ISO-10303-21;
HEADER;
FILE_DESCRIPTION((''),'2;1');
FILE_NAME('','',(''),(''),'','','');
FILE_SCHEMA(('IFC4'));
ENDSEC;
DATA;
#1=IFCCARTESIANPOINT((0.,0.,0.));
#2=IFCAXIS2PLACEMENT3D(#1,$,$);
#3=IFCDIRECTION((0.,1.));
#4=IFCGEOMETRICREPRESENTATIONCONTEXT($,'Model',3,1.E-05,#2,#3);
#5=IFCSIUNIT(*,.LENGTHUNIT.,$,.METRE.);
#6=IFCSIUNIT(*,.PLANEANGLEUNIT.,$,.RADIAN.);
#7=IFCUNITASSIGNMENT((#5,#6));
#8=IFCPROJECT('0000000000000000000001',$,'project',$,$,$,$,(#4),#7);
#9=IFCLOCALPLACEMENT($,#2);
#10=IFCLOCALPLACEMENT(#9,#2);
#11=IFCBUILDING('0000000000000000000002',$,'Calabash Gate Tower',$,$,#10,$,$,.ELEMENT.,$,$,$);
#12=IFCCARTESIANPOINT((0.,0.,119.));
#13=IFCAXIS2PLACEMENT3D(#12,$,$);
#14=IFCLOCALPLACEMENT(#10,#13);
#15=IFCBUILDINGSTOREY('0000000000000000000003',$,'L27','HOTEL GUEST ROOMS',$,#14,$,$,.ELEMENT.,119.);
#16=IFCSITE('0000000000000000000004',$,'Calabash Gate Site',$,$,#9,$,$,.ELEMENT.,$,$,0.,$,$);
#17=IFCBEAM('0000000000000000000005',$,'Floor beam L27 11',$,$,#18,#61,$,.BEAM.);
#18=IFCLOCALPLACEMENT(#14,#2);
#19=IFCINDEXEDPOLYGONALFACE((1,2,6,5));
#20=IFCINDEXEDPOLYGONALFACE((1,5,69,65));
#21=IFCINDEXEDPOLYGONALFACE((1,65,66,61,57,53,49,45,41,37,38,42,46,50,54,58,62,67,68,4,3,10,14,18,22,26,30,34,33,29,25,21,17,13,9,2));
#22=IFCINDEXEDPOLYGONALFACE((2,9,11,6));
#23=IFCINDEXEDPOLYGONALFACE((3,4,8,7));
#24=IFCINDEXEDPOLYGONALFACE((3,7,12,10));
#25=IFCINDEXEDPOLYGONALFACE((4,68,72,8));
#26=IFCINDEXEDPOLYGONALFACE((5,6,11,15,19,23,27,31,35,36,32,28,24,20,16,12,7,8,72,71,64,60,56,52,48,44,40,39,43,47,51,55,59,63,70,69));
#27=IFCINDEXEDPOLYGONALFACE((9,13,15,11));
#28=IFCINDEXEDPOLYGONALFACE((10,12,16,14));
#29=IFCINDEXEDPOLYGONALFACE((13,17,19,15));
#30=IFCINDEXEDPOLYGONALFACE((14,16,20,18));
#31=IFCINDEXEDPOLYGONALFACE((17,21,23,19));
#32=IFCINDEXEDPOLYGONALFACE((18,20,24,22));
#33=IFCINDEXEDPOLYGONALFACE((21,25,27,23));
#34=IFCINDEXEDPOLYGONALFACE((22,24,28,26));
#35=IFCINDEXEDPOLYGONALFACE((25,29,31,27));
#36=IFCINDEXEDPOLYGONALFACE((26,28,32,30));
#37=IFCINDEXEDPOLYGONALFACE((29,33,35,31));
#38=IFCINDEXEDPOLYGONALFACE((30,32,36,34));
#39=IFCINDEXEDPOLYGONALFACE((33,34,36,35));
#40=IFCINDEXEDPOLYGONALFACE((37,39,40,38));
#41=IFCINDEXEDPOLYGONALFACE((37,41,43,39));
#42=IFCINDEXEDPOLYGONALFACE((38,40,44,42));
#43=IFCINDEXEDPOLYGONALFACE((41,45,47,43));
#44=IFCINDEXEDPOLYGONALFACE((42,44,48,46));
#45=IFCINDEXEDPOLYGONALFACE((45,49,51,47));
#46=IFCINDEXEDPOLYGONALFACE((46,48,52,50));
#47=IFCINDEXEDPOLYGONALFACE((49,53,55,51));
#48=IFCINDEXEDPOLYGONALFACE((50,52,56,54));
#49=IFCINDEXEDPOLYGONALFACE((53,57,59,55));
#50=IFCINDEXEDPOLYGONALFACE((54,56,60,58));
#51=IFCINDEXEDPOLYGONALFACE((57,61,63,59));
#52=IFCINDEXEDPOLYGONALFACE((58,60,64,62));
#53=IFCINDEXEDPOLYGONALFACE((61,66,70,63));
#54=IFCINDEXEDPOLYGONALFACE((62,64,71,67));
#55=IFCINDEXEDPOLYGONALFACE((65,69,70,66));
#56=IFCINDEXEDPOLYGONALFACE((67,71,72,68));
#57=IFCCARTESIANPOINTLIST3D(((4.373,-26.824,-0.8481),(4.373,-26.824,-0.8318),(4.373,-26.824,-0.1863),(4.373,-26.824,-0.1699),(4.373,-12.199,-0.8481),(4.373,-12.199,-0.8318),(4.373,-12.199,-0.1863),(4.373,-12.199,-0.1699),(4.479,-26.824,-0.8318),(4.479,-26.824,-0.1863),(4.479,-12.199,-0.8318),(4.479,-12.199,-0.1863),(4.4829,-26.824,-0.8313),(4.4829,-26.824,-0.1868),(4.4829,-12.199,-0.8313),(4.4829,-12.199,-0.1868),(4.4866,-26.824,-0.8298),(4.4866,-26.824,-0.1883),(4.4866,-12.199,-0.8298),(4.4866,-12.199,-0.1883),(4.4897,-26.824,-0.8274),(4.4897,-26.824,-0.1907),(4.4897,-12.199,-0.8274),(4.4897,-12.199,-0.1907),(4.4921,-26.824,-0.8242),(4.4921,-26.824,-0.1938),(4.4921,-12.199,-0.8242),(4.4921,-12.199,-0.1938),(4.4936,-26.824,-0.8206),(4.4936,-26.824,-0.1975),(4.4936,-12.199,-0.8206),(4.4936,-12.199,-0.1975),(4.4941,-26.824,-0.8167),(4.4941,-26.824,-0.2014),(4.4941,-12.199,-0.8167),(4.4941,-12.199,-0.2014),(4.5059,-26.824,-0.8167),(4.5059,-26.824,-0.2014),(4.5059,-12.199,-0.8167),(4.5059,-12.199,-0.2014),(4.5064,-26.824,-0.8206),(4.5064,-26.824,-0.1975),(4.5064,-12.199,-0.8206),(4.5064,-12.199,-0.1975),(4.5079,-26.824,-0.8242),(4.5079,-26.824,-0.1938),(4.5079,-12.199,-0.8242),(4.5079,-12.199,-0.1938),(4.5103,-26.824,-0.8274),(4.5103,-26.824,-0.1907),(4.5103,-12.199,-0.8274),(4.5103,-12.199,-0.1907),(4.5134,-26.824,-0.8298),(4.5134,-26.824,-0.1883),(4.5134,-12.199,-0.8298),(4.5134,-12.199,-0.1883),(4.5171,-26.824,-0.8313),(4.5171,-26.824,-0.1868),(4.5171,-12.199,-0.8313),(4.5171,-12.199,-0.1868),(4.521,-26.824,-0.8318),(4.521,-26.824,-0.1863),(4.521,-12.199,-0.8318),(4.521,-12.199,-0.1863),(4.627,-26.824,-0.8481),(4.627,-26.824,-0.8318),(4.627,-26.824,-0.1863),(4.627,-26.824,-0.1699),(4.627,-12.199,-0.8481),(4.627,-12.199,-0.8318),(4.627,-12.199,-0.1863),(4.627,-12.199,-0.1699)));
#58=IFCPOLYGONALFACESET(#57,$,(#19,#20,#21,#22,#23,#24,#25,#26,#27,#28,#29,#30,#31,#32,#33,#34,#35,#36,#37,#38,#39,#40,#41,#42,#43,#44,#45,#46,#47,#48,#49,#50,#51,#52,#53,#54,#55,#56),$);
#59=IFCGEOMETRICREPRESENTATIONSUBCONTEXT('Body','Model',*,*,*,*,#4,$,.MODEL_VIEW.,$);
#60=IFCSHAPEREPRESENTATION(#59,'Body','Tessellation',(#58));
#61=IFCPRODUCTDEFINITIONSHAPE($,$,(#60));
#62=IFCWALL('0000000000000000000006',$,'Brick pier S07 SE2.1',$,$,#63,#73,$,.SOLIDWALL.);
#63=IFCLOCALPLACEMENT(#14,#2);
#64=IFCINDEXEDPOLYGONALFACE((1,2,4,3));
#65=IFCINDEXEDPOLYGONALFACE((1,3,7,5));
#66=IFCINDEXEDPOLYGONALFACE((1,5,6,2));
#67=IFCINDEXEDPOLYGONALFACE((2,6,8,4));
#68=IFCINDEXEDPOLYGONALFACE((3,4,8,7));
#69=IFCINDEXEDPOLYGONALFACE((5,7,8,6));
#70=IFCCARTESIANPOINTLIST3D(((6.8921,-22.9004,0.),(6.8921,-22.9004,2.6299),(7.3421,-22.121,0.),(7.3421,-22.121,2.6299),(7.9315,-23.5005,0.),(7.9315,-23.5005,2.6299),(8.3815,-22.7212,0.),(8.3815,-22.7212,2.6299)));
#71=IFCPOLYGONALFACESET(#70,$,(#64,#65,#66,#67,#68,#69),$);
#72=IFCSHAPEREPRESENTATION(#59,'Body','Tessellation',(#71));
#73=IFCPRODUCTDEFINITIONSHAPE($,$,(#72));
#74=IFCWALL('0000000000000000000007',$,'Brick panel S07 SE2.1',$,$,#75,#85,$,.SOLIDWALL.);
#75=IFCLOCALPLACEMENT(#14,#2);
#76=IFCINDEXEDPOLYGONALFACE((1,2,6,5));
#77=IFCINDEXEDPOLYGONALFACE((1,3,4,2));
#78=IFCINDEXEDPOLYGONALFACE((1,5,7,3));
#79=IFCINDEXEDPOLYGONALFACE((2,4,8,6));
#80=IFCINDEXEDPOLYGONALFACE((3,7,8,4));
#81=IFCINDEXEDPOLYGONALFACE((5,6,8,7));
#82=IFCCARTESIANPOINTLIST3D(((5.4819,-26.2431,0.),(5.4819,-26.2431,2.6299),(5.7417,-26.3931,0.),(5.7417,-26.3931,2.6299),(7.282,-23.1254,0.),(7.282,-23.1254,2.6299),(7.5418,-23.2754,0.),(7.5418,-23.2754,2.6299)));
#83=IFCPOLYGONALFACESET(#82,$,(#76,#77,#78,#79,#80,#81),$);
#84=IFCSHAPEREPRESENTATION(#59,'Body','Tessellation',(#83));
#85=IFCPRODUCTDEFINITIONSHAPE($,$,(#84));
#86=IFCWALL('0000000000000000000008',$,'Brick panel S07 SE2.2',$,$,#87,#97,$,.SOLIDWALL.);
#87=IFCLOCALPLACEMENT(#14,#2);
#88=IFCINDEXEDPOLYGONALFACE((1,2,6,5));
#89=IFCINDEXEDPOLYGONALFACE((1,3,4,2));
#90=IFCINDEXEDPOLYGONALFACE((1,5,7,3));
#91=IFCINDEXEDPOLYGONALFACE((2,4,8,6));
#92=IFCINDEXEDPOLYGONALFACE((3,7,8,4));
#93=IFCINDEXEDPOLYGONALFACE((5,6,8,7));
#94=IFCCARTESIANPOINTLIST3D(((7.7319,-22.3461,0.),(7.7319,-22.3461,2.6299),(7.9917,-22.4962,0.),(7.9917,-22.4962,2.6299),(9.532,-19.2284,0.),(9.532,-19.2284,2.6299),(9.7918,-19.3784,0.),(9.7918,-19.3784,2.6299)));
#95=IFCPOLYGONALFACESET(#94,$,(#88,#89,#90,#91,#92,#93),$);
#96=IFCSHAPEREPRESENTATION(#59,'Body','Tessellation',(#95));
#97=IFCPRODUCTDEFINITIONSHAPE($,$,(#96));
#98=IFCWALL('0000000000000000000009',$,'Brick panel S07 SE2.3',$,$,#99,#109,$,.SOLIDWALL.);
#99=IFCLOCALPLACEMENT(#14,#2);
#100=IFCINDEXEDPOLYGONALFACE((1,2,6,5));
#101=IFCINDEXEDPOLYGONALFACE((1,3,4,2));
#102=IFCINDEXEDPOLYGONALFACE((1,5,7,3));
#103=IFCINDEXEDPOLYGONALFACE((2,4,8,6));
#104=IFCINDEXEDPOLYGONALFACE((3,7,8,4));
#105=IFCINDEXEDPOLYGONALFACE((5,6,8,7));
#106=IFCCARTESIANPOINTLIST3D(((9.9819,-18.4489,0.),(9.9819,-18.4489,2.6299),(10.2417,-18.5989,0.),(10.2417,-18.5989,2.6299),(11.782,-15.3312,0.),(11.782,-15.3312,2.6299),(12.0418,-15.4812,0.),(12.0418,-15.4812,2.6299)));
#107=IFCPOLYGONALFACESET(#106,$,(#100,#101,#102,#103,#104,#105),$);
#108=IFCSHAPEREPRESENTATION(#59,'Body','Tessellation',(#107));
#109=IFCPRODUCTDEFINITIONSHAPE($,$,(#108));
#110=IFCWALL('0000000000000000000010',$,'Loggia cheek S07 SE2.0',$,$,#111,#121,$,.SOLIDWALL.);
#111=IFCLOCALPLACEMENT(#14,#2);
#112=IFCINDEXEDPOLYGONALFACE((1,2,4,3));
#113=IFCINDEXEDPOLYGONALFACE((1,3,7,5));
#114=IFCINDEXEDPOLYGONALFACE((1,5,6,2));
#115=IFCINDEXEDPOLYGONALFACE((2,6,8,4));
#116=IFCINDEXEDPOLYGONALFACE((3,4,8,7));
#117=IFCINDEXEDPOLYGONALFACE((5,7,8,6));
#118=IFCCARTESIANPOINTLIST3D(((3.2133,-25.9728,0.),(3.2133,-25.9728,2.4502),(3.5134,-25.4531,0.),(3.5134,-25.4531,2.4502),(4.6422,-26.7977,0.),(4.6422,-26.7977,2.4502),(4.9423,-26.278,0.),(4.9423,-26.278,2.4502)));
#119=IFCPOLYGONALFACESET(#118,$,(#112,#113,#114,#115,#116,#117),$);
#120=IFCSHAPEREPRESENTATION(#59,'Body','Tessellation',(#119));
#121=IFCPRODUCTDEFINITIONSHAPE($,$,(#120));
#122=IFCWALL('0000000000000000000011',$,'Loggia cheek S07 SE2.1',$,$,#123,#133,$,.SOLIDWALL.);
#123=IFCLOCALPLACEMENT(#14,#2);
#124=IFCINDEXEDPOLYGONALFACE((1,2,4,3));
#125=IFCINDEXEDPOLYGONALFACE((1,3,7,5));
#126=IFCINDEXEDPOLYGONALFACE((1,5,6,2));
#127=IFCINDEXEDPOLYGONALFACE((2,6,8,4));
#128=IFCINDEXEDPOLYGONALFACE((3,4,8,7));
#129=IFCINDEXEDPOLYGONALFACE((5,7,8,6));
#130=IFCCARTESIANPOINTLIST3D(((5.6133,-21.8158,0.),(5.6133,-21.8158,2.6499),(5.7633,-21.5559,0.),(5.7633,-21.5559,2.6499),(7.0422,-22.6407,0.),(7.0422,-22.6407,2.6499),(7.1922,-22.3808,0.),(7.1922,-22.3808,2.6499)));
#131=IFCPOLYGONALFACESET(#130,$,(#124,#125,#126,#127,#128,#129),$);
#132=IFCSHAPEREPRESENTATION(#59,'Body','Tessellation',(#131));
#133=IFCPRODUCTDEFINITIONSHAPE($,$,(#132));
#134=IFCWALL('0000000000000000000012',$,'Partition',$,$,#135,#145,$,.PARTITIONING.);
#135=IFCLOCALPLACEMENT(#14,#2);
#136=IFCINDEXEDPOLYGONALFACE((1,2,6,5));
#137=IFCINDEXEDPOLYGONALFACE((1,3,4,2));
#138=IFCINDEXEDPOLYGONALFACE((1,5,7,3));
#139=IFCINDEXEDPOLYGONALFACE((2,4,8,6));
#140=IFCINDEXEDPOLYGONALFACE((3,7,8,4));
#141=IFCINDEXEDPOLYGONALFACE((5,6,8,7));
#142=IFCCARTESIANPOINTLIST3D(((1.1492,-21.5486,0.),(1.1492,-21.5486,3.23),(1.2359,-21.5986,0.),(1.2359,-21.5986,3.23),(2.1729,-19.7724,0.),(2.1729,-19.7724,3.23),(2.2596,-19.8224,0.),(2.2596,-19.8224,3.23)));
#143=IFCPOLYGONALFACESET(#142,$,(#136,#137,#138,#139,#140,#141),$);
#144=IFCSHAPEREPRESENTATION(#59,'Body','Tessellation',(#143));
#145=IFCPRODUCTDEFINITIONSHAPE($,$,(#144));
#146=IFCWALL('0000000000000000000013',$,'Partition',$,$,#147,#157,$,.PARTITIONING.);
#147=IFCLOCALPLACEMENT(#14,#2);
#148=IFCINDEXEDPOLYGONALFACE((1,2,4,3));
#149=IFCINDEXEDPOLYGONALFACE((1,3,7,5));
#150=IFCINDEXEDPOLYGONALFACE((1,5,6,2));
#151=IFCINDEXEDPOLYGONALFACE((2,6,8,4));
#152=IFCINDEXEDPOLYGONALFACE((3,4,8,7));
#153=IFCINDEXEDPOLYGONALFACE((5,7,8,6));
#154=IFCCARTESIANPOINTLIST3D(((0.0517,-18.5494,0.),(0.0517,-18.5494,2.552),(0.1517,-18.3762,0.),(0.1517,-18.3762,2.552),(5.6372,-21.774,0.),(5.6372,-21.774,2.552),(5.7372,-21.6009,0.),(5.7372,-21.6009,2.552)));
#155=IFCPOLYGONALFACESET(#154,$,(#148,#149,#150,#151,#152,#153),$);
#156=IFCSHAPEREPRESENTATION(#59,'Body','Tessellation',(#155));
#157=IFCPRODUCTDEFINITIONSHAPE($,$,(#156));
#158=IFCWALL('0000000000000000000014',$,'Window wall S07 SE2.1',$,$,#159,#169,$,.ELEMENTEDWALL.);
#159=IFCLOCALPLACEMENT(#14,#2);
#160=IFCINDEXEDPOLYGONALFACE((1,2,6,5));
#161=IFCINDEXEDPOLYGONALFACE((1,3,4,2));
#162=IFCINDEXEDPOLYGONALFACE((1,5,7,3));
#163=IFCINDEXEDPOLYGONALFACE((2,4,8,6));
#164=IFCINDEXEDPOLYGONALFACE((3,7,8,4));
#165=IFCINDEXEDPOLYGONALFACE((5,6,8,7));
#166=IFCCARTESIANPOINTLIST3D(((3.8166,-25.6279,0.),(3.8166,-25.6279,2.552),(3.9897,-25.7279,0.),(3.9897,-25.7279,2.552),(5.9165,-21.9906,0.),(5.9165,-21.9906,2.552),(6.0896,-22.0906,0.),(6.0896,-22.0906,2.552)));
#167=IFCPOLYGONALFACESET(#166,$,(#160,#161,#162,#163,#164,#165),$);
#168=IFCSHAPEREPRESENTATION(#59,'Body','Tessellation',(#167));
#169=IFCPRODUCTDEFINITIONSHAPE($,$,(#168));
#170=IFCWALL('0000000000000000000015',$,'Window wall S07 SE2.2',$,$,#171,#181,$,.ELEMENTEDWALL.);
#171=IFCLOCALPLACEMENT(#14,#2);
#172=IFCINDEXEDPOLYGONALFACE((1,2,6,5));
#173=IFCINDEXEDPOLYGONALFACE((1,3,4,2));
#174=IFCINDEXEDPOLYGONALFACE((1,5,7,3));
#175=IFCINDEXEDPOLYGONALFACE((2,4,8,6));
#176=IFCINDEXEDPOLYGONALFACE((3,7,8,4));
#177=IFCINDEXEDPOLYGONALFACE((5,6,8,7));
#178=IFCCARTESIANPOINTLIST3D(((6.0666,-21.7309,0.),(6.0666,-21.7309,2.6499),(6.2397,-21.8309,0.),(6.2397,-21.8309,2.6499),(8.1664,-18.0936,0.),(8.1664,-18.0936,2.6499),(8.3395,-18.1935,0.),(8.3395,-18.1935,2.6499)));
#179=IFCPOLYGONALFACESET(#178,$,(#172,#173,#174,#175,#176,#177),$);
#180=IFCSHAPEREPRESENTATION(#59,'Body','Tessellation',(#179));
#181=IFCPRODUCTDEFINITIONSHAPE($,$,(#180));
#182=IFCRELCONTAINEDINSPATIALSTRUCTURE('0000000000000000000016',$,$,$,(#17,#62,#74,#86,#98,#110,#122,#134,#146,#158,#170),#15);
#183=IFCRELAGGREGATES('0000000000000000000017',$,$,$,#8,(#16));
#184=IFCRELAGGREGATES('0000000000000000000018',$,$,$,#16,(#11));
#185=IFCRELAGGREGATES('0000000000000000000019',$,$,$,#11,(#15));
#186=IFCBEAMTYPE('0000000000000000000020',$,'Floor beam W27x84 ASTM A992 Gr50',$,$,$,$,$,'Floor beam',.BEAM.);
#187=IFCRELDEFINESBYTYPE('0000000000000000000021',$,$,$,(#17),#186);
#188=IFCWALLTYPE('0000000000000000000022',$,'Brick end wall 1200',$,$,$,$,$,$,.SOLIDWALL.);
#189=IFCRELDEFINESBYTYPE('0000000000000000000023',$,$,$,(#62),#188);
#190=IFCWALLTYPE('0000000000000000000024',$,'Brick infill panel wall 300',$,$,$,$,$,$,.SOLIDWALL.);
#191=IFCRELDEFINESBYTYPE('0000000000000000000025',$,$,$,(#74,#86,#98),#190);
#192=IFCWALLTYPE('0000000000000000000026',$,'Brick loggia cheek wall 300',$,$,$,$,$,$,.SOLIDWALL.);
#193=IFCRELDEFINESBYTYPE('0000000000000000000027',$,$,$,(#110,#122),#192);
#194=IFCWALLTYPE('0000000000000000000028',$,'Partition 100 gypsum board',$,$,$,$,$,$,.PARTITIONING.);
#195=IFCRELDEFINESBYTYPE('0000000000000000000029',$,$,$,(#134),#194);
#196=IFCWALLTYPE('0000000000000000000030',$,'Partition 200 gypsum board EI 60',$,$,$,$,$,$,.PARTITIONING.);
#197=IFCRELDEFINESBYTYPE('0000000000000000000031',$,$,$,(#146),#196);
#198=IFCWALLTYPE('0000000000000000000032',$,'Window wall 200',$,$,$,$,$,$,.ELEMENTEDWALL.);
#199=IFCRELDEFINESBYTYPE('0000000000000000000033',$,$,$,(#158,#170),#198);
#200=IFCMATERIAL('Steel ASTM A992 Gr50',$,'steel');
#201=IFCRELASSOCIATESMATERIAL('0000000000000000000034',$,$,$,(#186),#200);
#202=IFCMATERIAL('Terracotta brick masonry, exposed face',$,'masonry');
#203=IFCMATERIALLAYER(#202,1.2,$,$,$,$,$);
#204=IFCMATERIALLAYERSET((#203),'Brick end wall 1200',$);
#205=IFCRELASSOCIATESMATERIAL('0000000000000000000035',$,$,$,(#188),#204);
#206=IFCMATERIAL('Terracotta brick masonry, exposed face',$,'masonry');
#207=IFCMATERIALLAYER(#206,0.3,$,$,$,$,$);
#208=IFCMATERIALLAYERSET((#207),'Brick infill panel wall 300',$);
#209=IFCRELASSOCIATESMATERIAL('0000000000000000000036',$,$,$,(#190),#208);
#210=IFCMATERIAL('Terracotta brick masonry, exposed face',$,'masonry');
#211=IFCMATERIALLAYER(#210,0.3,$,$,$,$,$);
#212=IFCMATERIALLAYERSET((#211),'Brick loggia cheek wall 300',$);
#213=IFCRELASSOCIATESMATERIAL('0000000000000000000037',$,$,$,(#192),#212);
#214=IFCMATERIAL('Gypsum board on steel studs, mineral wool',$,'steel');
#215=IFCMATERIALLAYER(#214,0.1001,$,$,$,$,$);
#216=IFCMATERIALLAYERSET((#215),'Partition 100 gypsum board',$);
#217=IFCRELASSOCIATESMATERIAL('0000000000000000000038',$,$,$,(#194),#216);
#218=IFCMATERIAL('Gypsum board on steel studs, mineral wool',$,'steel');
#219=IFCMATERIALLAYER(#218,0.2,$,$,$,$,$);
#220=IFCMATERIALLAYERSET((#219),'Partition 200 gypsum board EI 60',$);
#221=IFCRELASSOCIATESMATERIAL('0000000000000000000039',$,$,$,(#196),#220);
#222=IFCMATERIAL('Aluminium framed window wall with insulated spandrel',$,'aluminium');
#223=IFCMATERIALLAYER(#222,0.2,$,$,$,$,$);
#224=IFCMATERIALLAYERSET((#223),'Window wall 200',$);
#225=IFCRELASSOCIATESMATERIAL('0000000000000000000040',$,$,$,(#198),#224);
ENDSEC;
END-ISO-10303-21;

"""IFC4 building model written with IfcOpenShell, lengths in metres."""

from ifc_helpers import new_model, si_unit, direction, frame, frame_2d, origin, origin_2d, place, context, subcontext, project, spatial, rectangle, i_section, extrude, material, layer, layer_set, material_profile, profile_set, type_object, element, save


model = new_model("IFC4")

# Units and contexts
model_context = context("Model", 3, precision=1e-05, world=origin(), true_north=direction((0.0, 1.0)))
body_context = subcontext(model_context, "Body", "Model", "MODEL_VIEW")
ifc_project = project(units=[si_unit("LENGTHUNIT", "METRE"), si_unit("PLANEANGLEUNIT", "RADIAN")], contexts=[model_context])

# Site, building, storey
site_placement = place(None, origin())
site = spatial("IfcSite", under=ifc_project, at=site_placement, Name="Calabash Gate Site", CompositionType="ELEMENT", RefElevation=0.0)
building_placement = place(site_placement, origin())
building = spatial("IfcBuilding", under=site, at=building_placement, Name="Calabash Gate Tower", CompositionType="ELEMENT")
storey_placement = place(building_placement, frame((0.0, 0.0, 119.0)))
storey = spatial("IfcBuildingStorey", under=building, at=storey_placement, Name="L27", Description="HOTEL GUEST ROOMS", CompositionType="ELEMENT", Elevation=119.0)

# Beam
ifc_material_1 = material(Name="Steel ASTM A992 Gr50", Category="steel")
ifc_material_profile_1 = material_profile(ifc_material_1, i_section(OverallWidth=0.2539, OverallDepth=0.6782, WebThickness=0.0117, FlangeThickness=0.0164, FilletRadius=0.0151, at=origin_2d()))
ifc_profile_set_1 = profile_set([ifc_material_profile_1], Name="Steel ASTM A992 Gr50")
beam_type_1 = type_object("IfcBeamType", Name="Floor beam W27x84 ASTM A992 Gr50", ElementType="Floor beam", PredefinedType="BEAM", material=ifc_profile_set_1)
beam_1_placement = place(storey_placement, frame((4.5, -26.824, -0.509), z_axis=(0.0, 1.0, 0.0), x_axis=(-1.0, 0.0, 0.0)))
element("IfcBeam", 1, at=beam_1_placement, inside=storey, type_object=beam_type_1, Name="Floor beam L27 11", PredefinedType="BEAM", context=body_context, shape_type="SweptSolid", body=[
    extrude(i_section(OverallWidth=0.2539, OverallDepth=0.6782, WebThickness=0.0117, FlangeThickness=0.0164, FilletRadius=0.0151, at=origin_2d()), origin(), (0.0, 0.0, 1.0), 14.625),
])

# Walls
ifc_material_2 = material(Name="Terracotta brick masonry, exposed face", Category="masonry")
ifc_layer_1 = layer(ifc_material_2, 1.2)
ifc_layer_set_1 = layer_set([ifc_layer_1], Name="Brick end wall 1200")
wall_type_1 = type_object("IfcWallType", Name="Brick end wall 1200", PredefinedType="SOLIDWALL", material=ifc_layer_set_1)
wall_1_placement = place(storey_placement, frame((8.1565, -23.1108, 0.0), z_axis=(0.0, 0.0, 1.0), x_axis=(-0.866006, 0.500034, 0.0)))
element("IfcWall", 2, at=wall_1_placement, inside=storey, type_object=wall_type_1, Name="Brick pier S07 SE2.1", PredefinedType="SOLIDWALL", context=body_context, shape_type="SweptSolid", body=[
    extrude(rectangle(XDim=1.2002, YDim=0.8999, at=frame_2d((0.6001, 0.0))), origin(), (0.0, 0.0, 1.0), 2.6299),
])
ifc_material_3 = material(Name="Terracotta brick masonry, exposed face", Category="masonry")
ifc_layer_2 = layer(ifc_material_3, 0.3)
ifc_layer_set_2 = layer_set([ifc_layer_2], Name="Brick infill panel wall 300")
wall_type_2 = type_object("IfcWallType", Name="Brick infill panel wall 300", PredefinedType="SOLIDWALL", material=ifc_layer_set_2)
for number, where, z_axis, x_axis, name in (
    (3, (5.6118, -26.3181, 0.0), (0.0, 0.0, 1.0), (0.500012, 0.866018, 0.0), "Brick panel S07 SE2.1"),
    (4, (7.8618, -22.4211, 0.0), (0.0, 0.0, 1.0), (0.500012, 0.866018, 0.0), "Brick panel S07 SE2.2"),
    (5, (10.1118, -18.5239, 0.0), (0.0, 0.0, 1.0), (0.500012, 0.866018, 0.0), "Brick panel S07 SE2.3"),
):
    element("IfcWall", number, at=place(storey_placement, frame(where, z_axis=z_axis, x_axis=x_axis)), inside=storey, type_object=wall_type_2, Name=name, PredefinedType="SOLIDWALL", context=body_context, shape_type="SweptSolid", body=[
        extrude(rectangle(XDim=3.6001, YDim=0.3, at=frame_2d((1.8, 0.0))), origin(), (0.0, 0.0, 1.0), 2.6299),
    ])
ifc_material_4 = material(Name="Terracotta brick masonry, exposed face", Category="masonry")
ifc_layer_3 = layer(ifc_material_4, 0.3)
ifc_layer_set_3 = layer_set([ifc_layer_3], Name="Brick loggia cheek wall 300")
wall_type_3 = type_object("IfcWallType", Name="Brick loggia cheek wall 300", PredefinedType="SOLIDWALL", material=ifc_layer_set_3)
wall_2_placement = place(storey_placement, frame((4.7922, -26.5378, 0.0), z_axis=(0.0, 0.0, 1.0), x_axis=(-0.86604, 0.499974, 0.0)))
element("IfcWall", 6, at=wall_2_placement, inside=storey, type_object=wall_type_3, Name="Loggia cheek S07 SE2.0", PredefinedType="SOLIDWALL", context=body_context, shape_type="SweptSolid", body=[
    extrude(rectangle(XDim=1.6499, YDim=0.6001, at=frame_2d((0.825, 0.0))), origin(), (0.0, 0.0, 1.0), 2.4502),
])
wall_3_placement = place(storey_placement, frame((7.1172, -22.5107, 0.0), z_axis=(0.0, 0.0, 1.0), x_axis=(-0.86604, 0.499974, 0.0)))
element("IfcWall", 7, at=wall_3_placement, inside=storey, type_object=wall_type_3, Name="Loggia cheek S07 SE2.1", PredefinedType="SOLIDWALL", context=body_context, shape_type="SweptSolid", body=[
    extrude(rectangle(XDim=1.6499, YDim=0.3, at=frame_2d((0.825, 0.0))), origin(), (0.0, 0.0, 1.0), 2.6499),
])
ifc_material_5 = material(Name="Gypsum board on steel studs, mineral wool", Category="steel")
ifc_layer_4 = layer(ifc_material_5, 0.1001)
ifc_layer_set_4 = layer_set([ifc_layer_4], Name="Partition 100 gypsum board")
wall_type_4 = type_object("IfcWallType", Name="Partition 100 gypsum board", PredefinedType="PARTITIONING", material=ifc_layer_set_4)
wall_4_placement = place(storey_placement, frame((1.1926, -21.5735, 0.0), z_axis=(0.0, 0.0, 1.0), x_axis=(0.499355, 0.866398, 0.0)))
element("IfcWall", 8, at=wall_4_placement, inside=storey, type_object=wall_type_4, Name="Partition", PredefinedType="PARTITIONING", context=body_context, shape_type="SweptSolid", body=[
    extrude(rectangle(XDim=2.05, YDim=0.1001, at=frame_2d((1.0249, 0.0))), origin(), (0.0, 0.0, 1.0), 3.23),
])
ifc_material_6 = material(Name="Gypsum board on steel studs, mineral wool", Category="steel")
ifc_layer_5 = layer(ifc_material_6, 0.2)
ifc_layer_set_5 = layer_set([ifc_layer_5], Name="Partition 200 gypsum board EI 60")
wall_type_5 = type_object("IfcWallType", Name="Partition 200 gypsum board EI 60", PredefinedType="PARTITIONING", material=ifc_layer_set_5)
wall_5_placement = place(storey_placement, frame((0.1018, -18.4629, 0.0), z_axis=(0.0, 0.0, 1.0), x_axis=(0.866036, -0.499982, 0.0)))
element("IfcWall", 9, at=wall_5_placement, inside=storey, type_object=wall_type_5, Name="Partition", PredefinedType="PARTITIONING", context=body_context, shape_type="SweptSolid", body=[
    extrude(rectangle(XDim=6.4495, YDim=0.2, at=frame_2d((3.2246, 0.0))), origin(), (0.0, 0.0, 1.0), 2.552),
])
ifc_material_7 = material(Name="Aluminium framed window wall with insulated spandrel", Category="aluminium")
ifc_layer_6 = layer(ifc_material_7, 0.2)
ifc_layer_set_6 = layer_set([ifc_layer_6], Name="Window wall 200")
wall_type_6 = type_object("IfcWallType", Name="Window wall 200", PredefinedType="ELEMENTEDWALL", material=ifc_layer_set_6)
wall_6_placement = place(storey_placement, frame((3.9031, -25.678, 0.0), z_axis=(0.0, 0.0, 1.0), x_axis=(0.499984, 0.866035, 0.0)))
element("IfcWall", 10, at=wall_6_placement, inside=storey, type_object=wall_type_6, Name="Window wall S07 SE2.1", PredefinedType="ELEMENTEDWALL", context=body_context, shape_type="SweptSolid", body=[
    extrude(rectangle(XDim=4.2, YDim=0.2, at=frame_2d((2.1001, 0.0))), origin(), (0.0, 0.0, 1.0), 2.552),
])
wall_7_placement = place(storey_placement, frame((6.1531, -21.781, 0.0), z_axis=(0.0, 0.0, 1.0), x_axis=(0.499959, 0.866049, 0.0)))
element("IfcWall", 11, at=wall_7_placement, inside=storey, type_object=wall_type_6, Name="Window wall S07 SE2.2", PredefinedType="ELEMENTEDWALL", context=body_context, shape_type="SweptSolid", body=[
    extrude(rectangle(XDim=4.2, YDim=0.2, at=frame_2d((2.1001, 0.0))), origin(), (0.0, 0.0, 1.0), 2.6499),
])

save(model, "model.ifc")
